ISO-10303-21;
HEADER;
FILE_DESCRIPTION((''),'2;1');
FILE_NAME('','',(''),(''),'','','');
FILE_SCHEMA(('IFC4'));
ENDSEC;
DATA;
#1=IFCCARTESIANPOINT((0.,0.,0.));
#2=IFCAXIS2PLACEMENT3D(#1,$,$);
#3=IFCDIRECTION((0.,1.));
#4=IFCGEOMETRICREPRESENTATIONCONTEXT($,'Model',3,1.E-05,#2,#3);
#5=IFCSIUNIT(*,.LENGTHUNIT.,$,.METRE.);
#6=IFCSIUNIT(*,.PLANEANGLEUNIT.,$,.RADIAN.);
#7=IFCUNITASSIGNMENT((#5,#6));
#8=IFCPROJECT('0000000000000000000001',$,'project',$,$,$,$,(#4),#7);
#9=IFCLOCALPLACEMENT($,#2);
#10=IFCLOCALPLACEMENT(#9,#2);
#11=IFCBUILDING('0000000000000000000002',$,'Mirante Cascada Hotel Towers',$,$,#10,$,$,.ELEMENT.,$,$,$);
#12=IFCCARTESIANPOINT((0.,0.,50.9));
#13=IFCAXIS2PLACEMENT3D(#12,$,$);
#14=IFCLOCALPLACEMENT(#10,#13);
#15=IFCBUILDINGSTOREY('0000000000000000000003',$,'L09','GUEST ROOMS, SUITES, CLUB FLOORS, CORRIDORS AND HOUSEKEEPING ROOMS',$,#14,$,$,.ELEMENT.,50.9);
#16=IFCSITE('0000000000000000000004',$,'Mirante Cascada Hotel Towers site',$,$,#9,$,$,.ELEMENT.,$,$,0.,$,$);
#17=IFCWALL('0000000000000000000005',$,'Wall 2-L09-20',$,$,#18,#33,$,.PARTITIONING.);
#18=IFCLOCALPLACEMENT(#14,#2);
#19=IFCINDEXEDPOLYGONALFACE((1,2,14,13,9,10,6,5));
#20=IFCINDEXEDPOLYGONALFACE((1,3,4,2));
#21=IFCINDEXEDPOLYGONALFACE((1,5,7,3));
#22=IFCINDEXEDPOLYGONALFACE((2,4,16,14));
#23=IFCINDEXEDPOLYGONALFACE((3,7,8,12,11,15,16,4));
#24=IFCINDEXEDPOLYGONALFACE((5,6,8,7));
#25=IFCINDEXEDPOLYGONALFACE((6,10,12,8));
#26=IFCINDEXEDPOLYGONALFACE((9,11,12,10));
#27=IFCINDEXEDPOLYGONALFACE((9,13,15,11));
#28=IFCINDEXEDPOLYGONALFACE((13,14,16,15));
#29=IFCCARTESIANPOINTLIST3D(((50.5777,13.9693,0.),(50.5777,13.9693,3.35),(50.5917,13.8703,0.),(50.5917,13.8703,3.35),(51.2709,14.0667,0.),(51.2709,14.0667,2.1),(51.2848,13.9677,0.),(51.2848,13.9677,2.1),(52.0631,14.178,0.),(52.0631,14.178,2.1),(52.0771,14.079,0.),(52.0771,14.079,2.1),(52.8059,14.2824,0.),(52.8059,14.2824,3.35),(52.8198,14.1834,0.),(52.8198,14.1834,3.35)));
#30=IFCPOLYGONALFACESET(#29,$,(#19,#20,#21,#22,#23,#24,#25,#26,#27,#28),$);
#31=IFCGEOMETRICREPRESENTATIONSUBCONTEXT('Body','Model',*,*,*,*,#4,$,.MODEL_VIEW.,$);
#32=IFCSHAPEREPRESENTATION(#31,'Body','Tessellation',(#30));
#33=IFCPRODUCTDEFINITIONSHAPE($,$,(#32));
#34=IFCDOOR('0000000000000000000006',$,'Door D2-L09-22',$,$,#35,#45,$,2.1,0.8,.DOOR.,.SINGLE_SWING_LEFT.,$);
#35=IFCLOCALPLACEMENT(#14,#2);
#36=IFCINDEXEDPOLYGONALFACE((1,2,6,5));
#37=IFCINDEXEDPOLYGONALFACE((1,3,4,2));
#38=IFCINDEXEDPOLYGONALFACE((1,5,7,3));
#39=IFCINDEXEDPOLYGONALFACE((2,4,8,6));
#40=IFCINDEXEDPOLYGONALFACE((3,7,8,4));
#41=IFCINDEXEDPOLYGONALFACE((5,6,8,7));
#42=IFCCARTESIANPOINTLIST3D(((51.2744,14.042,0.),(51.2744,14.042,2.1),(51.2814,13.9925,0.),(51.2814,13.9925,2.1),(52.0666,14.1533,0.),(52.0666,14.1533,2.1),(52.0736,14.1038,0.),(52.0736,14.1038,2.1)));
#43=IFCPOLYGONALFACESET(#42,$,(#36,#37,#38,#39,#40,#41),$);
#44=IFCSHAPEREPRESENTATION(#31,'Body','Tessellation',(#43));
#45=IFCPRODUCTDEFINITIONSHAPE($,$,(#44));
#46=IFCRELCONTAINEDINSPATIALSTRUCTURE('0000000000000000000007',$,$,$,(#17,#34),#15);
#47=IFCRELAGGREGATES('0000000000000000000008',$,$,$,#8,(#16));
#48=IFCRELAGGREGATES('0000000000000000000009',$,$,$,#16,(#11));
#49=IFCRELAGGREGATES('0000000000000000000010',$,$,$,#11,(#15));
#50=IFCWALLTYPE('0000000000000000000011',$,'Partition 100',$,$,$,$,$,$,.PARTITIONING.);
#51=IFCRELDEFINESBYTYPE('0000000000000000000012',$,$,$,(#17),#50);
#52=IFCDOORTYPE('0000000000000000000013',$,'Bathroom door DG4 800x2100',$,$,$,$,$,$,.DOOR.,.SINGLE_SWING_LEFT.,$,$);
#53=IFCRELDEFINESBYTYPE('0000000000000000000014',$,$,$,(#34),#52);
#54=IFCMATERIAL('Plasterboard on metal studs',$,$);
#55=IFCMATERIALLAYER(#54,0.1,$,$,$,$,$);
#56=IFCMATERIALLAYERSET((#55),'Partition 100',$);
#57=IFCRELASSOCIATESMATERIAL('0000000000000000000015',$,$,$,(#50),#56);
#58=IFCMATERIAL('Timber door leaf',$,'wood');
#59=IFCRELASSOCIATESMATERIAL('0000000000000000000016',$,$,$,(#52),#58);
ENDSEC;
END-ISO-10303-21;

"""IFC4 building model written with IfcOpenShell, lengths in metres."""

from ifc_helpers import new_model, si_unit, direction, frame, frame_2d, origin, place, context, subcontext, project, spatial, rectangle, extrude, material, layer, layer_set, type_object, element, fill, save


model = new_model("IFC4")

# Units and contexts
model_context = context("Model", 3, precision=1e-05, world=origin(), true_north=direction((0.0, 1.0)))
body_context = subcontext(model_context, "Body", "Model", "MODEL_VIEW")
ifc_project = project(units=[si_unit("LENGTHUNIT", "METRE"), si_unit("PLANEANGLEUNIT", "RADIAN")], contexts=[model_context])

# Site, building, storey
site_placement = place(None, origin())
site = spatial("IfcSite", under=ifc_project, at=site_placement, Name="Mirante Cascada Hotel Towers site", CompositionType="ELEMENT", RefElevation=0.0)
building_placement = place(site_placement, origin())
building = spatial("IfcBuilding", under=site, at=building_placement, Name="Mirante Cascada Hotel Towers", CompositionType="ELEMENT")
storey_placement = place(building_placement, frame((0.0, 0.0, 50.9)))
storey = spatial("IfcBuildingStorey", under=building, at=storey_placement, Name="L09", Description="GUEST ROOMS, SUITES, CLUB FLOORS, CORRIDORS AND HOUSEKEEPING ROOMS", CompositionType="ELEMENT", Elevation=50.9)

# Wall, opening, door
ifc_material_1 = material(Name="Plasterboard on metal studs")
ifc_layer_1 = layer(ifc_material_1, 0.1)
ifc_layer_set_1 = layer_set([ifc_layer_1], Name="Partition 100")
wall_type_1 = type_object("IfcWallType", Name="Partition 100", PredefinedType="PARTITIONING", material=ifc_layer_set_1)
wall_placement = place(storey_placement, frame((50.5847, 13.9198, 0.0), z_axis=(0.0, 0.0, 1.0), x_axis=(0.990271, 0.139156, 0.0)))
wall = element("IfcWall", 1, at=wall_placement, inside=storey, type_object=wall_type_1, Name="Wall 2-L09-20", PredefinedType="PARTITIONING", context=body_context, shape_type="SweptSolid", body=[
    extrude(rectangle(XDim=2.25, YDim=0.1, at=frame_2d((1.125, 0.0))), origin(), (0.0, 0.0, 1.0), 3.35),
])
opening_placement = place(wall_placement, frame((0.7, 0.0, 0.0)))
opening = element("IfcOpeningElement", 2, at=opening_placement, cuts=wall, PredefinedType="OPENING", context=body_context, shape_type="SweptSolid", body=[
    extrude(rectangle(XDim=0.8, YDim=2.1, at=frame_2d((0.4, 1.05))), frame((0.0, 0.05, 0.0), z_axis=(0.0, -1.0, 0.0), x_axis=(1.0, 0.0, 0.0)), (0.0, 0.0, 1.0), 0.1),
])
ifc_material_2 = material(Name="Timber door leaf", Category="wood")
door_type = type_object("IfcDoorType", Name="Bathroom door DG4 800x2100", OperationType="SINGLE_SWING_LEFT", PredefinedType="DOOR", material=ifc_material_2)
door_placement = place(opening_placement, origin())
door = element("IfcDoor", 3, at=door_placement, inside=storey, type_object=door_type, Name="Door D2-L09-22", OperationType="SINGLE_SWING_LEFT", OverallHeight=2.1, OverallWidth=0.8, PredefinedType="DOOR", context=body_context, shape_type="SweptSolid", body=[
    extrude(rectangle(XDim=0.8, YDim=2.1, at=frame_2d((0.4, 1.05))), frame((0.0, 0.025, 0.0), z_axis=(0.0, -1.0, 0.0), x_axis=(1.0, 0.0, 0.0)), (0.0, 0.0, 1.0), 0.05),
])
fill(opening, door)

save(model, "model.ifc")
